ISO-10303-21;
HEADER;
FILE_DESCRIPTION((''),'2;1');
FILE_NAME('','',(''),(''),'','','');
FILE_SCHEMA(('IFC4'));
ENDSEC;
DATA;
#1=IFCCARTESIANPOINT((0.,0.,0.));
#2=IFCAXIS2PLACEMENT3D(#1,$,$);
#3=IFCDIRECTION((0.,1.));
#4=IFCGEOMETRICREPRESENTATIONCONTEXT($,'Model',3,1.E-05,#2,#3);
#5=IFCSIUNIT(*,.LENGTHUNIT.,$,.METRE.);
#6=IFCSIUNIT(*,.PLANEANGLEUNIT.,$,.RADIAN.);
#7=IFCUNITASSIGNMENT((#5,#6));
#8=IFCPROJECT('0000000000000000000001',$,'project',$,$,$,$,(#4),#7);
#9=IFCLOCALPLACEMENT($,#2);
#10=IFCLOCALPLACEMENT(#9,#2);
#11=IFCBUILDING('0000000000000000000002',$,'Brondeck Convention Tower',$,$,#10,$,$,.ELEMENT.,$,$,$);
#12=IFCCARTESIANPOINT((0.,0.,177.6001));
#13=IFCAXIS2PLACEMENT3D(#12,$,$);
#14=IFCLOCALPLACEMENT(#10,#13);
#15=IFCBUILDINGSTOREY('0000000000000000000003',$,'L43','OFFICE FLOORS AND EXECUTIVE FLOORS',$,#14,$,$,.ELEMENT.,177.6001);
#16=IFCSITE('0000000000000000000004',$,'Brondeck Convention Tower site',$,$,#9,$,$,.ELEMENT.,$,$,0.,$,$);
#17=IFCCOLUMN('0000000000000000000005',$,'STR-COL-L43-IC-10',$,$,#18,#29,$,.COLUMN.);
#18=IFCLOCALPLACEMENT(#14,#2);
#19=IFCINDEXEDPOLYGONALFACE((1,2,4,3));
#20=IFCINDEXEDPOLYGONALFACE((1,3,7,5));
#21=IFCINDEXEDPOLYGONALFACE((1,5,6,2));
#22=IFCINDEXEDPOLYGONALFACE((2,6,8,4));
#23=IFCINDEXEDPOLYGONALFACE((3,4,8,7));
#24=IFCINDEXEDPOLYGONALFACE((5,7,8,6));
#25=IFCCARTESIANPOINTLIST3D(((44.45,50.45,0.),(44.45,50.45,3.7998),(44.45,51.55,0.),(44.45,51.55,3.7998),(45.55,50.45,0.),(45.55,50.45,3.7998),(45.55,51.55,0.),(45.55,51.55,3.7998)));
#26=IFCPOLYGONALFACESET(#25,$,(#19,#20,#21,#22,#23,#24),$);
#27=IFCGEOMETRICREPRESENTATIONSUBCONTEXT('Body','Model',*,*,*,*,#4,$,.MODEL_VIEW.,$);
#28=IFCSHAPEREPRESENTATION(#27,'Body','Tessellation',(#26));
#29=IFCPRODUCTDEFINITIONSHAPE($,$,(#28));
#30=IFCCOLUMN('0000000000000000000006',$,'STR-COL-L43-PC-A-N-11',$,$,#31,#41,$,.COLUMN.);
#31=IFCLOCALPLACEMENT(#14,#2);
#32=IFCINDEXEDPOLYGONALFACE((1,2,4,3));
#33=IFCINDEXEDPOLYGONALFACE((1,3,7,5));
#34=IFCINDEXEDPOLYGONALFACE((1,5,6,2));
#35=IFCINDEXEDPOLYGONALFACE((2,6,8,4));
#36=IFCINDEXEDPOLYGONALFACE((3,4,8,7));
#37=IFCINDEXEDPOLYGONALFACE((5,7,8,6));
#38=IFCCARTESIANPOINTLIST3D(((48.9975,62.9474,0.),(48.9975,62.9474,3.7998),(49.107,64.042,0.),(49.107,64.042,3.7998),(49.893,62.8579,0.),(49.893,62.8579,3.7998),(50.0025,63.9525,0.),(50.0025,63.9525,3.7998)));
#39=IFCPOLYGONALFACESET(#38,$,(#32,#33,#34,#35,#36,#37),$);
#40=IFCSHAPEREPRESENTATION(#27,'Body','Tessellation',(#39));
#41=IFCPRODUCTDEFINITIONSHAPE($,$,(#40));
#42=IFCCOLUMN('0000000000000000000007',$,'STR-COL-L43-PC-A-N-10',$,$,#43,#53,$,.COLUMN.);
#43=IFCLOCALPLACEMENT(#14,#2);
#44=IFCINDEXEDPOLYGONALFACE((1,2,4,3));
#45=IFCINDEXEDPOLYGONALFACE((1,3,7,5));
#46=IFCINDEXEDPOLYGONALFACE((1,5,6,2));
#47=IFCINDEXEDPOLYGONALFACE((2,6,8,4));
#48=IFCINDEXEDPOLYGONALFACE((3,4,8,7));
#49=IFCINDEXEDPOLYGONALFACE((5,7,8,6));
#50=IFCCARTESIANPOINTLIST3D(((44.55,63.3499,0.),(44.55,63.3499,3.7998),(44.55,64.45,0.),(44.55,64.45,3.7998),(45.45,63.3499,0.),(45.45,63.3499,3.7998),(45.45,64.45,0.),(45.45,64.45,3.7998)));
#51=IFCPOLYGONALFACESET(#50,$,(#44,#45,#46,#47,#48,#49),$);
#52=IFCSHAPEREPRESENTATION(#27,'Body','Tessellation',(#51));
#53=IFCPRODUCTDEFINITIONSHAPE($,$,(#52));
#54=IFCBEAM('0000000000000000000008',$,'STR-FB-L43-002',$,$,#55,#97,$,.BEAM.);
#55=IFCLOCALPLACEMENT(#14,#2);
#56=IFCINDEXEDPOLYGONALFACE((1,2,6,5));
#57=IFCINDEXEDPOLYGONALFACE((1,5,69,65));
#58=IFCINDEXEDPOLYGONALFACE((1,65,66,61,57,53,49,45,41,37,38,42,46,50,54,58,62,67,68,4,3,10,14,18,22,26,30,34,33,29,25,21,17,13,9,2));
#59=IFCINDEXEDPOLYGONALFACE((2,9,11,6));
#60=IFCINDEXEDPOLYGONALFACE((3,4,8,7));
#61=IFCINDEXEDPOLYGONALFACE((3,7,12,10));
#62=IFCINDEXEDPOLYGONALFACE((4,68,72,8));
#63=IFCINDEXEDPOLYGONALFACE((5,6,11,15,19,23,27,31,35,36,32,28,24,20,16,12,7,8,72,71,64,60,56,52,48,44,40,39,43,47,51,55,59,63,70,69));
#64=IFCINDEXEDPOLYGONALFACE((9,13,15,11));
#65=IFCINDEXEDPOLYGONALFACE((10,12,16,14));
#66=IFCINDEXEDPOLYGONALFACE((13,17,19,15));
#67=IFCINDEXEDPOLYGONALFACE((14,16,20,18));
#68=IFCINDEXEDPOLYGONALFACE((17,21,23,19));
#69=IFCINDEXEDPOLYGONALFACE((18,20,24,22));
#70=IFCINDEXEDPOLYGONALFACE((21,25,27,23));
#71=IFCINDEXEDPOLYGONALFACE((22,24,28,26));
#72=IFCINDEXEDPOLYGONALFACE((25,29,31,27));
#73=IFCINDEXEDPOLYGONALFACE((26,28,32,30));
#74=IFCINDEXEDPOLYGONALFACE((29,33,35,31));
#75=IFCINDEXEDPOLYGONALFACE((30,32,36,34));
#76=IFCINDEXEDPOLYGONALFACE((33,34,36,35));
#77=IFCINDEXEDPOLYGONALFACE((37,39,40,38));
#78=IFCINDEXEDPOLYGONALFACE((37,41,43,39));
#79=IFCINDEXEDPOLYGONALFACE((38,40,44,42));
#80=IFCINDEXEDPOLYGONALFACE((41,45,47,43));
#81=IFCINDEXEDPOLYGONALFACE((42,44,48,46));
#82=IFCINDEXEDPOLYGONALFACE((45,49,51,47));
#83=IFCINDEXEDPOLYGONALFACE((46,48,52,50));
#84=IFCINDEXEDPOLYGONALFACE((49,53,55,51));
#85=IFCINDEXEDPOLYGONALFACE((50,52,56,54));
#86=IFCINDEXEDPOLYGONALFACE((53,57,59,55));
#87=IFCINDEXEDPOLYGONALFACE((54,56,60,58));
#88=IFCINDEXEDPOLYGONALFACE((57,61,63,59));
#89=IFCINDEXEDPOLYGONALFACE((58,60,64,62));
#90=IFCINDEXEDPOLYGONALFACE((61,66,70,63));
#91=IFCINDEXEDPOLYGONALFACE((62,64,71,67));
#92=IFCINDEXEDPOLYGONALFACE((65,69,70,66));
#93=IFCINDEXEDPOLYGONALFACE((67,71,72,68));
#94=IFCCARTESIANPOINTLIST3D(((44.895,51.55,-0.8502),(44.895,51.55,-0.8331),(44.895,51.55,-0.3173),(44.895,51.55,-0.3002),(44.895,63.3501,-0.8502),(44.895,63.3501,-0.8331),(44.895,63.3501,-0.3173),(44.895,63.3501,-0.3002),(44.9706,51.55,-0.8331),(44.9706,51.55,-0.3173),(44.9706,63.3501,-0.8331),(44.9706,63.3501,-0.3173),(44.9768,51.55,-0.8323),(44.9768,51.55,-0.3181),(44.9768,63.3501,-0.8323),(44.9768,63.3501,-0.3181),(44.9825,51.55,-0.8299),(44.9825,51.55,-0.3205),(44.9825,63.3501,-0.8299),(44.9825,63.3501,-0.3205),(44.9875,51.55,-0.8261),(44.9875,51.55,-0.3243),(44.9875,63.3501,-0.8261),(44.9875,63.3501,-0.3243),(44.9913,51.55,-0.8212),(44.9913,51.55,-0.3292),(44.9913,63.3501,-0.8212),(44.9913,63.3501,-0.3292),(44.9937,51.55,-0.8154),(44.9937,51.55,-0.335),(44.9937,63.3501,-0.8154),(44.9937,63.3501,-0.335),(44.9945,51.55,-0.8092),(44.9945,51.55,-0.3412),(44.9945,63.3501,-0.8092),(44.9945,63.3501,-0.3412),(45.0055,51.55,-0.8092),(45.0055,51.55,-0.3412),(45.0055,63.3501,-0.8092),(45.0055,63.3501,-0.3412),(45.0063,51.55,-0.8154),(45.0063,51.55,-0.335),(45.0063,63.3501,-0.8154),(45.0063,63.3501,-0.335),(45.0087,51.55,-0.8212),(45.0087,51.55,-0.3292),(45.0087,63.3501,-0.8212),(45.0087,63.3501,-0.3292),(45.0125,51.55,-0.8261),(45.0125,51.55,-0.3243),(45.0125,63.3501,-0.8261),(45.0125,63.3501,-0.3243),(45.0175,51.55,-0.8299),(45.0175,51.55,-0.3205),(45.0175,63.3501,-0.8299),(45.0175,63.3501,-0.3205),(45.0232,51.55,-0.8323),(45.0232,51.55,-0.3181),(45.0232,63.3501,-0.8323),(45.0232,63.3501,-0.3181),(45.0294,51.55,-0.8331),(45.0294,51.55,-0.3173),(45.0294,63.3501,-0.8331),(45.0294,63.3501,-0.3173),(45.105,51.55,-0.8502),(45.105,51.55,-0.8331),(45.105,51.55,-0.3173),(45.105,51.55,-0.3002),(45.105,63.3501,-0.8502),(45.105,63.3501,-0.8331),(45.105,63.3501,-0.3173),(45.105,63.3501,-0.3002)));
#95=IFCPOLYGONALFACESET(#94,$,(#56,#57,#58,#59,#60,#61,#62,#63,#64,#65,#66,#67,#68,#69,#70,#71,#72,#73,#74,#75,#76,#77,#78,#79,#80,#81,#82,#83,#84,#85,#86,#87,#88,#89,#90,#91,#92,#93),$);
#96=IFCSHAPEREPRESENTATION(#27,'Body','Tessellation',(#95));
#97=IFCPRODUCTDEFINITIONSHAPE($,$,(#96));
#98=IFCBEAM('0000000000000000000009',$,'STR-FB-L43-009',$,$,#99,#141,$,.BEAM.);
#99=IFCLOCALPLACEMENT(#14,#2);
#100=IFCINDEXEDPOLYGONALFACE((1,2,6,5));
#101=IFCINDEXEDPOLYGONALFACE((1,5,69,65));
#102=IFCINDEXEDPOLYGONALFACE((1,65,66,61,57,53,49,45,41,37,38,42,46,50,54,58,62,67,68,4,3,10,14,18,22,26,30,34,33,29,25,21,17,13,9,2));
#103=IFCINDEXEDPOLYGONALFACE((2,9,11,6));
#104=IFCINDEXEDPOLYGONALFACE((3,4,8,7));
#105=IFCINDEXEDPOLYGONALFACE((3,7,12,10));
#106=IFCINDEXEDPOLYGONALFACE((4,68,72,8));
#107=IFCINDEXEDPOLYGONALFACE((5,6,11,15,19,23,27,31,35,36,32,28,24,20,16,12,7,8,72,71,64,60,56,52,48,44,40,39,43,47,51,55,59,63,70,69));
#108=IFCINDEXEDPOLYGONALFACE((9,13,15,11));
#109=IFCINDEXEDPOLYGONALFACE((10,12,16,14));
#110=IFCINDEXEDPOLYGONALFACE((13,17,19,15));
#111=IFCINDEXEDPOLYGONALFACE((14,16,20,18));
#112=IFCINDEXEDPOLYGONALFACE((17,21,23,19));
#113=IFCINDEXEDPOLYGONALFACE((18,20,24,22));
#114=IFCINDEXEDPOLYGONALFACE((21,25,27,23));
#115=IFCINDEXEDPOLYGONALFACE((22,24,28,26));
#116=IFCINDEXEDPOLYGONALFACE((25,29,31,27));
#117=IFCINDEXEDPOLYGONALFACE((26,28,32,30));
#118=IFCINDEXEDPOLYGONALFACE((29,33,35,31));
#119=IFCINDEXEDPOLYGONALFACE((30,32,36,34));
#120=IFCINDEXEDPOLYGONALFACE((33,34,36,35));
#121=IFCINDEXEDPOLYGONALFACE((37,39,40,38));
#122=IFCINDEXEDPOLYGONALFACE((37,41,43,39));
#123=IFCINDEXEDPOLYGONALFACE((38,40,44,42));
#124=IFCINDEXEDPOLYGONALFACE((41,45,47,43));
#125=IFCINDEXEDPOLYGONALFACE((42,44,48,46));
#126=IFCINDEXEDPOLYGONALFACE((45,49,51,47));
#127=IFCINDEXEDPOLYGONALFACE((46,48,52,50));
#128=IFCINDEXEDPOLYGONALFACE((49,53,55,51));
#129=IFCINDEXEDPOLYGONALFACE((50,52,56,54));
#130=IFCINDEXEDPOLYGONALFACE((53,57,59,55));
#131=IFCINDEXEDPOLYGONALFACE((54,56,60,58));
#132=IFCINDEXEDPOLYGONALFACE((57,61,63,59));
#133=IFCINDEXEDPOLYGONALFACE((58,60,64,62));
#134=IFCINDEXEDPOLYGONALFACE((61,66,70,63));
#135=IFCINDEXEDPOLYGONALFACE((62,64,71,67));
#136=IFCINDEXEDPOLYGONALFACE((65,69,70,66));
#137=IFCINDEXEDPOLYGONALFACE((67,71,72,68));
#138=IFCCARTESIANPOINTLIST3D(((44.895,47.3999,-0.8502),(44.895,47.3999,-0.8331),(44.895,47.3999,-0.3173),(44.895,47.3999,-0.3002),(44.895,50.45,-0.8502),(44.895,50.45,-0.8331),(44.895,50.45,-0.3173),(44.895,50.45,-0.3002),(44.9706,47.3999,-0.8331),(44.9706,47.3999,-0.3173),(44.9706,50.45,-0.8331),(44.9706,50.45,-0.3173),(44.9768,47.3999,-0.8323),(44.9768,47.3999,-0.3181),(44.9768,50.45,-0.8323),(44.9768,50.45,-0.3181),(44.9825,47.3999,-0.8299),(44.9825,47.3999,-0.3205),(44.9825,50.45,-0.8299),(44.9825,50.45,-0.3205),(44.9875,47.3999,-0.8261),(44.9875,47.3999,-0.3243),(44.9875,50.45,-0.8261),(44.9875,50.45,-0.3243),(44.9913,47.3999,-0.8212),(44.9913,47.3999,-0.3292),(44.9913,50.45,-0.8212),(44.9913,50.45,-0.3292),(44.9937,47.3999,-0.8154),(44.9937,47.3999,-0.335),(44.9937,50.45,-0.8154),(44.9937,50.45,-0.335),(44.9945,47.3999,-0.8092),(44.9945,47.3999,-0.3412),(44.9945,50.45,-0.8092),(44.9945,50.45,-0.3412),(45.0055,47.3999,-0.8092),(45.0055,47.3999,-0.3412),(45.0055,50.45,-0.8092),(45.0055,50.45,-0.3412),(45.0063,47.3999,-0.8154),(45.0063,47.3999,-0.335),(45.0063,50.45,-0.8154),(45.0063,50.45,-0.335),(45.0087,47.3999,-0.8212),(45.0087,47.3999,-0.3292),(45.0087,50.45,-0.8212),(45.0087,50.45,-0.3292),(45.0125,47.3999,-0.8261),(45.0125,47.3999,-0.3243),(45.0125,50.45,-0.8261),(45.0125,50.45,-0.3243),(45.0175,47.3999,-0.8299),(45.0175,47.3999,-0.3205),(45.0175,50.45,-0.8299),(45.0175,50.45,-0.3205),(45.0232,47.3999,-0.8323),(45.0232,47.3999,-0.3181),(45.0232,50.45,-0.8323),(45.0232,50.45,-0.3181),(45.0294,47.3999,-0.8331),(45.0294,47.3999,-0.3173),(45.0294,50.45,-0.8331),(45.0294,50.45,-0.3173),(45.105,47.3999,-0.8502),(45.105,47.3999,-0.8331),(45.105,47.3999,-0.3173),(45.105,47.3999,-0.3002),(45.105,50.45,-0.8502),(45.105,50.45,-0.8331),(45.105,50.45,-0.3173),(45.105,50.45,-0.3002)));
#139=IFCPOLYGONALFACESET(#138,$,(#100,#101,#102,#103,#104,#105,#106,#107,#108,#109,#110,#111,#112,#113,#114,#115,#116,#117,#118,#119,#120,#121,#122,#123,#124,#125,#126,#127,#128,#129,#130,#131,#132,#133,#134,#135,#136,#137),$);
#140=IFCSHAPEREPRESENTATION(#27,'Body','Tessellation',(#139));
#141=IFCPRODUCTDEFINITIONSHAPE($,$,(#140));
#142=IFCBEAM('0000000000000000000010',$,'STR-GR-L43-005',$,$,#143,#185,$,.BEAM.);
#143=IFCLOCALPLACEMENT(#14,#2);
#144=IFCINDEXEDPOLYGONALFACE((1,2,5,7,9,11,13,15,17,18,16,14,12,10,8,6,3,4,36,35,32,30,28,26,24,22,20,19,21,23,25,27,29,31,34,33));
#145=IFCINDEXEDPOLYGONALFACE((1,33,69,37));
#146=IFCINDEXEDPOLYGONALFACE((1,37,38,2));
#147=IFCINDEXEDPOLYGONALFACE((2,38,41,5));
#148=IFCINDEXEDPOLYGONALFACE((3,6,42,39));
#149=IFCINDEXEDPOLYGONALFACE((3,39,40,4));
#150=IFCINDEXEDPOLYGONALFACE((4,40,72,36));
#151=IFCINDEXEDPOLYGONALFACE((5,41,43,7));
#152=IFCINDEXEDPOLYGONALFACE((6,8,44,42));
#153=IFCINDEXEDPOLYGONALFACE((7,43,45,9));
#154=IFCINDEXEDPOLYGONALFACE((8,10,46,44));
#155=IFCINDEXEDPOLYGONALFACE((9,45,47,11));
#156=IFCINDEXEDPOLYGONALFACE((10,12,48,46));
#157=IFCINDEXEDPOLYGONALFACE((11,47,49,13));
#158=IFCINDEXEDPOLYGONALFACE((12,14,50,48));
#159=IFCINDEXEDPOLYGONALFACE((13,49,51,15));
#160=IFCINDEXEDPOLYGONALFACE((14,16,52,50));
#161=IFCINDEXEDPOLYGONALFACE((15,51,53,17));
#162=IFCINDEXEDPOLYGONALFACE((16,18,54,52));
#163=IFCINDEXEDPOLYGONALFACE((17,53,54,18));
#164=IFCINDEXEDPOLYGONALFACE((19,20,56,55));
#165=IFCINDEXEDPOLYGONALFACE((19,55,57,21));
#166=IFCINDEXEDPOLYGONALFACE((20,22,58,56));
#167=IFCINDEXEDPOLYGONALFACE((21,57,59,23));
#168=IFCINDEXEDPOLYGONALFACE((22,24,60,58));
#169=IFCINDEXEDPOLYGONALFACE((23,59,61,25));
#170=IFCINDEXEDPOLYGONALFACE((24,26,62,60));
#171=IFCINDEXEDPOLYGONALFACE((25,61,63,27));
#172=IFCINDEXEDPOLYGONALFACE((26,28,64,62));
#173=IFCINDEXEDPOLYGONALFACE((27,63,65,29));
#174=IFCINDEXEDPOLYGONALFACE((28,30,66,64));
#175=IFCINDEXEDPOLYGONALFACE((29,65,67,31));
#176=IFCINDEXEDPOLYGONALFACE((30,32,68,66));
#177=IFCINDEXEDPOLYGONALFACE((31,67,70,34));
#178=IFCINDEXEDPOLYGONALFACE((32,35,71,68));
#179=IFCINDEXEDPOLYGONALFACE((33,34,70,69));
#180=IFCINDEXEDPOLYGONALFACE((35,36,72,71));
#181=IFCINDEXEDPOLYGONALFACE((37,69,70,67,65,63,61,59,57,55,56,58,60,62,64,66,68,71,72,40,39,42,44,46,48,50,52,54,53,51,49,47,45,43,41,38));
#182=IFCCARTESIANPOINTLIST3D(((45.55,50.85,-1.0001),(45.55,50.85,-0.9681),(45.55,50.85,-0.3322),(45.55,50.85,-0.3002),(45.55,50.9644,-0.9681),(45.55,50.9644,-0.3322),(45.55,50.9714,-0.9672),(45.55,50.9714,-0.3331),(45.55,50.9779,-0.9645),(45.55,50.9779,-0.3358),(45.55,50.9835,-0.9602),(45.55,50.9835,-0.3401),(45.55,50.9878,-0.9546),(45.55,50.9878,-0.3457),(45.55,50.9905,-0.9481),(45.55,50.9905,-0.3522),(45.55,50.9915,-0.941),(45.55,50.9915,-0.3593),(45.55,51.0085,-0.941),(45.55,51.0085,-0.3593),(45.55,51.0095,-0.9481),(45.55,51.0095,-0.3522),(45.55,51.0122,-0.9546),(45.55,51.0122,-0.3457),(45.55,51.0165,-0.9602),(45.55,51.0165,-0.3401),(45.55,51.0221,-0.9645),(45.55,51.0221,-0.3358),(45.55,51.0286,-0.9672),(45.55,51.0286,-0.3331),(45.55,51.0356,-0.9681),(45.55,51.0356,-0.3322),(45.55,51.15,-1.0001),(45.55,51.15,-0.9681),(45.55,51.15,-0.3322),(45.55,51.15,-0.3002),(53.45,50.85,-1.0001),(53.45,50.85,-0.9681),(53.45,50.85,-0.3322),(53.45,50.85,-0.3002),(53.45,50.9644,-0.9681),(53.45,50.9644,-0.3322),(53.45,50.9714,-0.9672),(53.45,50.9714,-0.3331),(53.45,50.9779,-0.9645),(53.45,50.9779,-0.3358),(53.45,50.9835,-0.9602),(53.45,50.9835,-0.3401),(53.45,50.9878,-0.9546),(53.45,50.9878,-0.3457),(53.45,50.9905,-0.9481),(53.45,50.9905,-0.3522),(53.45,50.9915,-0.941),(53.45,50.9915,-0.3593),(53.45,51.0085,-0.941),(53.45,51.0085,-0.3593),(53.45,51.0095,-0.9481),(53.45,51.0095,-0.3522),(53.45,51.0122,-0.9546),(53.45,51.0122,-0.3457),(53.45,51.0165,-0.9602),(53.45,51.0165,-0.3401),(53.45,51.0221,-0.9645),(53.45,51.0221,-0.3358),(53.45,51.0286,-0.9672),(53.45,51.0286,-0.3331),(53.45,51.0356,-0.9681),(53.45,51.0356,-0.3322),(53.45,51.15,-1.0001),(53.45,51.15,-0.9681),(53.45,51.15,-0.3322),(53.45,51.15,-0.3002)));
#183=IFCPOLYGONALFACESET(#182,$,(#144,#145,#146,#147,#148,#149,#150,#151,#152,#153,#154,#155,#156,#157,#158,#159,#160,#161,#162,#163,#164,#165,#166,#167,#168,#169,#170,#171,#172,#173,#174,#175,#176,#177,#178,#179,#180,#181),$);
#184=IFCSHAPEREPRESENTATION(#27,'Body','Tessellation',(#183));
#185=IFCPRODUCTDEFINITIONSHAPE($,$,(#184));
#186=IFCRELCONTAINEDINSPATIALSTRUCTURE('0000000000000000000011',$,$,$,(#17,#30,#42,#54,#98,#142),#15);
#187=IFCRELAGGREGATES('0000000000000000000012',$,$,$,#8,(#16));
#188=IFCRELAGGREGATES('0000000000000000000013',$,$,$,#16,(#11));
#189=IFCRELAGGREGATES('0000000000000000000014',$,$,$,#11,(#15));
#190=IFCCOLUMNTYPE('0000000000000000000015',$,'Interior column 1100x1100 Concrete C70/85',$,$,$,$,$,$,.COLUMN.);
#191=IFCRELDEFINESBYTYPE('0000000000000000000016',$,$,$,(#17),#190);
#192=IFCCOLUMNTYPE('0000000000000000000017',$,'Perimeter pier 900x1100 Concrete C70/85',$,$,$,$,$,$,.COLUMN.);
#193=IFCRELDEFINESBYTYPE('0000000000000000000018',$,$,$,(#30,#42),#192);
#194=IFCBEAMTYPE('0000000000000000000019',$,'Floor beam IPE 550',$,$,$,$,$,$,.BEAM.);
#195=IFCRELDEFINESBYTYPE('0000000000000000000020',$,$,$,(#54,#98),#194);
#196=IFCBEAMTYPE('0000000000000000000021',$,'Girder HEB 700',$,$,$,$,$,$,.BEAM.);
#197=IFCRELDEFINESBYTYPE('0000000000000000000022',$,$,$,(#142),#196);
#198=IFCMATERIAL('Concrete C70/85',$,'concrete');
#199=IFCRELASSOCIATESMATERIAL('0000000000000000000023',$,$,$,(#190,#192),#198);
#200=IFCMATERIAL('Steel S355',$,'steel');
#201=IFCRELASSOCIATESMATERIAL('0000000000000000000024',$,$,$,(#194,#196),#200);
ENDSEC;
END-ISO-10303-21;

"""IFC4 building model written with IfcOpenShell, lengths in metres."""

from ifc_helpers import new_model, si_unit, direction, frame, origin, origin_2d, place, context, subcontext, project, spatial, rectangle, i_section, extrude, material, material_profile, profile_set, type_object, element, save


model = new_model("IFC4")

# Units and contexts
model_context = context("Model", 3, precision=1e-05, world=origin(), true_north=direction((0.0, 1.0)))
body_context = subcontext(model_context, "Body", "Model", "MODEL_VIEW")
ifc_project = project(units=[si_unit("LENGTHUNIT", "METRE"), si_unit("PLANEANGLEUNIT", "RADIAN")], contexts=[model_context])

# Site, building, storey
site_placement = place(None, origin())
site = spatial("IfcSite", under=ifc_project, at=site_placement, Name="Brondeck Convention Tower site", CompositionType="ELEMENT", RefElevation=0.0)
building_placement = place(site_placement, origin())
building = spatial("IfcBuilding", under=site, at=building_placement, Name="Brondeck Convention Tower", CompositionType="ELEMENT")
storey_placement = place(building_placement, frame((0.0, 0.0, 177.6001)))
storey = spatial("IfcBuildingStorey", under=building, at=storey_placement, Name="L43", Description="OFFICE FLOORS AND EXECUTIVE FLOORS", CompositionType="ELEMENT", Elevation=177.6001)

# Columns
ifc_material_1 = material(Name="Concrete C70/85", Category="concrete")
ifc_material_profile_1 = material_profile(ifc_material_1, rectangle(XDim=1.1001, YDim=1.1001, at=origin_2d()), Name="Interior column 1100x1100 Concrete C70/85")
ifc_profile_set_1 = profile_set([ifc_material_profile_1], Name="Concrete C70/85")
column_type_1 = type_object("IfcColumnType", Name="Interior column 1100x1100 Concrete C70/85", PredefinedType="COLUMN", material=ifc_profile_set_1)
column_placement = place(storey_placement, frame((45.0, 51.0, 0.0), z_axis=(0.0, 0.0, 1.0), x_axis=(1.0, 0.0, 0.0)))
element("IfcColumn", 1, at=column_placement, inside=storey, type_object=column_type_1, Name="STR-COL-L43-IC-10", PredefinedType="COLUMN", context=body_context, shape_type="SweptSolid", body=[
    extrude(rectangle(XDim=1.1001, YDim=1.1001, at=origin_2d()), origin(), (0.0, 0.0, 1.0), 3.7998),
])
ifc_material_profile_2 = material_profile(ifc_material_1, rectangle(XDim=0.8999, YDim=1.1001, at=origin_2d()), Name="Perimeter pier 900x1100 Concrete C70/85")
ifc_profile_set_2 = profile_set([ifc_material_profile_2], Name="Concrete C70/85")
column_type_2 = type_object("IfcColumnType", Name="Perimeter pier 900x1100 Concrete C70/85", PredefinedType="COLUMN", material=ifc_profile_set_2)
for number, where, z_axis, x_axis, name in (
    (2, (49.5, 63.45, 0.0), (0.0, 0.0, 1.0), (-0.995037, 0.099504, 0.0), "STR-COL-L43-PC-A-N-11"),
    (3, (45.0, 63.8999, 0.0), (0.0, 0.0, 1.0), (-1.0, 0.0, 0.0), "STR-COL-L43-PC-A-N-10"),
):
    element("IfcColumn", number, at=place(storey_placement, frame(where, z_axis=z_axis, x_axis=x_axis)), inside=storey, type_object=column_type_2, Name=name, PredefinedType="COLUMN", context=body_context, shape_type="SweptSolid", body=[
        extrude(rectangle(XDim=0.8999, YDim=1.1001, at=origin_2d()), origin(), (0.0, 0.0, 1.0), 3.7998),
    ])

# Beams
ifc_material_2 = material(Name="Steel S355", Category="steel")
ifc_material_profile_3 = material_profile(ifc_material_2, i_section(OverallWidth=0.21, OverallDepth=0.55, WebThickness=0.011, FlangeThickness=0.0171, FilletRadius=0.0239, at=origin_2d()), Name="IPE 550")
ifc_profile_set_3 = profile_set([ifc_material_profile_3], Name="Steel S355")
beam_type_1 = type_object("IfcBeamType", Name="Floor beam IPE 550", PredefinedType="BEAM", material=ifc_profile_set_3)
beam_1_placement = place(storey_placement, frame((45.0, 51.55, -0.5752), z_axis=(0.0, 1.0, 0.0), x_axis=(-1.0, 0.0, 0.0)))
element("IfcBeam", 4, at=beam_1_placement, inside=storey, type_object=beam_type_1, Name="STR-FB-L43-002", PredefinedType="BEAM", context=body_context, shape_type="SweptSolid", body=[
    extrude(i_section(OverallWidth=0.21, OverallDepth=0.55, WebThickness=0.011, FlangeThickness=0.0171, FilletRadius=0.0239, at=origin_2d()), origin(), (0.0, 0.0, 1.0), 11.8),
])
beam_2_placement = place(storey_placement, frame((45.0, 47.3999, -0.5752), z_axis=(0.0, 1.0, 0.0), x_axis=(-1.0, 0.0, 0.0)))
element("IfcBeam", 5, at=beam_2_placement, inside=storey, type_object=beam_type_1, Name="STR-FB-L43-009", PredefinedType="BEAM", context=body_context, shape_type="SweptSolid", body=[
    extrude(i_section(OverallWidth=0.21, OverallDepth=0.55, WebThickness=0.011, FlangeThickness=0.0171, FilletRadius=0.0239, at=origin_2d()), origin(), (0.0, 0.0, 1.0), 3.05),
])
ifc_material_profile_4 = material_profile(ifc_material_2, i_section(OverallWidth=0.3, OverallDepth=0.7, WebThickness=0.0171, FlangeThickness=0.032, FilletRadius=0.0271, at=origin_2d()), Name="HEB 700")
ifc_profile_set_4 = profile_set([ifc_material_profile_4], Name="Steel S355")
beam_type_2 = type_object("IfcBeamType", Name="Girder HEB 700", PredefinedType="BEAM", material=ifc_profile_set_4)
beam_3_placement = place(storey_placement, frame((45.55, 51.0, -0.6501), z_axis=(1.0, 0.0, 0.0), x_axis=(0.0, 1.0, 0.0)))
element("IfcBeam", 6, at=beam_3_placement, inside=storey, type_object=beam_type_2, Name="STR-GR-L43-005", PredefinedType="BEAM", context=body_context, shape_type="SweptSolid", body=[
    extrude(i_section(OverallWidth=0.3, OverallDepth=0.7, WebThickness=0.0171, FlangeThickness=0.032, FilletRadius=0.0271, at=origin_2d()), origin(), (0.0, 0.0, 1.0), 7.8999),
])

save(model, "model.ifc")
